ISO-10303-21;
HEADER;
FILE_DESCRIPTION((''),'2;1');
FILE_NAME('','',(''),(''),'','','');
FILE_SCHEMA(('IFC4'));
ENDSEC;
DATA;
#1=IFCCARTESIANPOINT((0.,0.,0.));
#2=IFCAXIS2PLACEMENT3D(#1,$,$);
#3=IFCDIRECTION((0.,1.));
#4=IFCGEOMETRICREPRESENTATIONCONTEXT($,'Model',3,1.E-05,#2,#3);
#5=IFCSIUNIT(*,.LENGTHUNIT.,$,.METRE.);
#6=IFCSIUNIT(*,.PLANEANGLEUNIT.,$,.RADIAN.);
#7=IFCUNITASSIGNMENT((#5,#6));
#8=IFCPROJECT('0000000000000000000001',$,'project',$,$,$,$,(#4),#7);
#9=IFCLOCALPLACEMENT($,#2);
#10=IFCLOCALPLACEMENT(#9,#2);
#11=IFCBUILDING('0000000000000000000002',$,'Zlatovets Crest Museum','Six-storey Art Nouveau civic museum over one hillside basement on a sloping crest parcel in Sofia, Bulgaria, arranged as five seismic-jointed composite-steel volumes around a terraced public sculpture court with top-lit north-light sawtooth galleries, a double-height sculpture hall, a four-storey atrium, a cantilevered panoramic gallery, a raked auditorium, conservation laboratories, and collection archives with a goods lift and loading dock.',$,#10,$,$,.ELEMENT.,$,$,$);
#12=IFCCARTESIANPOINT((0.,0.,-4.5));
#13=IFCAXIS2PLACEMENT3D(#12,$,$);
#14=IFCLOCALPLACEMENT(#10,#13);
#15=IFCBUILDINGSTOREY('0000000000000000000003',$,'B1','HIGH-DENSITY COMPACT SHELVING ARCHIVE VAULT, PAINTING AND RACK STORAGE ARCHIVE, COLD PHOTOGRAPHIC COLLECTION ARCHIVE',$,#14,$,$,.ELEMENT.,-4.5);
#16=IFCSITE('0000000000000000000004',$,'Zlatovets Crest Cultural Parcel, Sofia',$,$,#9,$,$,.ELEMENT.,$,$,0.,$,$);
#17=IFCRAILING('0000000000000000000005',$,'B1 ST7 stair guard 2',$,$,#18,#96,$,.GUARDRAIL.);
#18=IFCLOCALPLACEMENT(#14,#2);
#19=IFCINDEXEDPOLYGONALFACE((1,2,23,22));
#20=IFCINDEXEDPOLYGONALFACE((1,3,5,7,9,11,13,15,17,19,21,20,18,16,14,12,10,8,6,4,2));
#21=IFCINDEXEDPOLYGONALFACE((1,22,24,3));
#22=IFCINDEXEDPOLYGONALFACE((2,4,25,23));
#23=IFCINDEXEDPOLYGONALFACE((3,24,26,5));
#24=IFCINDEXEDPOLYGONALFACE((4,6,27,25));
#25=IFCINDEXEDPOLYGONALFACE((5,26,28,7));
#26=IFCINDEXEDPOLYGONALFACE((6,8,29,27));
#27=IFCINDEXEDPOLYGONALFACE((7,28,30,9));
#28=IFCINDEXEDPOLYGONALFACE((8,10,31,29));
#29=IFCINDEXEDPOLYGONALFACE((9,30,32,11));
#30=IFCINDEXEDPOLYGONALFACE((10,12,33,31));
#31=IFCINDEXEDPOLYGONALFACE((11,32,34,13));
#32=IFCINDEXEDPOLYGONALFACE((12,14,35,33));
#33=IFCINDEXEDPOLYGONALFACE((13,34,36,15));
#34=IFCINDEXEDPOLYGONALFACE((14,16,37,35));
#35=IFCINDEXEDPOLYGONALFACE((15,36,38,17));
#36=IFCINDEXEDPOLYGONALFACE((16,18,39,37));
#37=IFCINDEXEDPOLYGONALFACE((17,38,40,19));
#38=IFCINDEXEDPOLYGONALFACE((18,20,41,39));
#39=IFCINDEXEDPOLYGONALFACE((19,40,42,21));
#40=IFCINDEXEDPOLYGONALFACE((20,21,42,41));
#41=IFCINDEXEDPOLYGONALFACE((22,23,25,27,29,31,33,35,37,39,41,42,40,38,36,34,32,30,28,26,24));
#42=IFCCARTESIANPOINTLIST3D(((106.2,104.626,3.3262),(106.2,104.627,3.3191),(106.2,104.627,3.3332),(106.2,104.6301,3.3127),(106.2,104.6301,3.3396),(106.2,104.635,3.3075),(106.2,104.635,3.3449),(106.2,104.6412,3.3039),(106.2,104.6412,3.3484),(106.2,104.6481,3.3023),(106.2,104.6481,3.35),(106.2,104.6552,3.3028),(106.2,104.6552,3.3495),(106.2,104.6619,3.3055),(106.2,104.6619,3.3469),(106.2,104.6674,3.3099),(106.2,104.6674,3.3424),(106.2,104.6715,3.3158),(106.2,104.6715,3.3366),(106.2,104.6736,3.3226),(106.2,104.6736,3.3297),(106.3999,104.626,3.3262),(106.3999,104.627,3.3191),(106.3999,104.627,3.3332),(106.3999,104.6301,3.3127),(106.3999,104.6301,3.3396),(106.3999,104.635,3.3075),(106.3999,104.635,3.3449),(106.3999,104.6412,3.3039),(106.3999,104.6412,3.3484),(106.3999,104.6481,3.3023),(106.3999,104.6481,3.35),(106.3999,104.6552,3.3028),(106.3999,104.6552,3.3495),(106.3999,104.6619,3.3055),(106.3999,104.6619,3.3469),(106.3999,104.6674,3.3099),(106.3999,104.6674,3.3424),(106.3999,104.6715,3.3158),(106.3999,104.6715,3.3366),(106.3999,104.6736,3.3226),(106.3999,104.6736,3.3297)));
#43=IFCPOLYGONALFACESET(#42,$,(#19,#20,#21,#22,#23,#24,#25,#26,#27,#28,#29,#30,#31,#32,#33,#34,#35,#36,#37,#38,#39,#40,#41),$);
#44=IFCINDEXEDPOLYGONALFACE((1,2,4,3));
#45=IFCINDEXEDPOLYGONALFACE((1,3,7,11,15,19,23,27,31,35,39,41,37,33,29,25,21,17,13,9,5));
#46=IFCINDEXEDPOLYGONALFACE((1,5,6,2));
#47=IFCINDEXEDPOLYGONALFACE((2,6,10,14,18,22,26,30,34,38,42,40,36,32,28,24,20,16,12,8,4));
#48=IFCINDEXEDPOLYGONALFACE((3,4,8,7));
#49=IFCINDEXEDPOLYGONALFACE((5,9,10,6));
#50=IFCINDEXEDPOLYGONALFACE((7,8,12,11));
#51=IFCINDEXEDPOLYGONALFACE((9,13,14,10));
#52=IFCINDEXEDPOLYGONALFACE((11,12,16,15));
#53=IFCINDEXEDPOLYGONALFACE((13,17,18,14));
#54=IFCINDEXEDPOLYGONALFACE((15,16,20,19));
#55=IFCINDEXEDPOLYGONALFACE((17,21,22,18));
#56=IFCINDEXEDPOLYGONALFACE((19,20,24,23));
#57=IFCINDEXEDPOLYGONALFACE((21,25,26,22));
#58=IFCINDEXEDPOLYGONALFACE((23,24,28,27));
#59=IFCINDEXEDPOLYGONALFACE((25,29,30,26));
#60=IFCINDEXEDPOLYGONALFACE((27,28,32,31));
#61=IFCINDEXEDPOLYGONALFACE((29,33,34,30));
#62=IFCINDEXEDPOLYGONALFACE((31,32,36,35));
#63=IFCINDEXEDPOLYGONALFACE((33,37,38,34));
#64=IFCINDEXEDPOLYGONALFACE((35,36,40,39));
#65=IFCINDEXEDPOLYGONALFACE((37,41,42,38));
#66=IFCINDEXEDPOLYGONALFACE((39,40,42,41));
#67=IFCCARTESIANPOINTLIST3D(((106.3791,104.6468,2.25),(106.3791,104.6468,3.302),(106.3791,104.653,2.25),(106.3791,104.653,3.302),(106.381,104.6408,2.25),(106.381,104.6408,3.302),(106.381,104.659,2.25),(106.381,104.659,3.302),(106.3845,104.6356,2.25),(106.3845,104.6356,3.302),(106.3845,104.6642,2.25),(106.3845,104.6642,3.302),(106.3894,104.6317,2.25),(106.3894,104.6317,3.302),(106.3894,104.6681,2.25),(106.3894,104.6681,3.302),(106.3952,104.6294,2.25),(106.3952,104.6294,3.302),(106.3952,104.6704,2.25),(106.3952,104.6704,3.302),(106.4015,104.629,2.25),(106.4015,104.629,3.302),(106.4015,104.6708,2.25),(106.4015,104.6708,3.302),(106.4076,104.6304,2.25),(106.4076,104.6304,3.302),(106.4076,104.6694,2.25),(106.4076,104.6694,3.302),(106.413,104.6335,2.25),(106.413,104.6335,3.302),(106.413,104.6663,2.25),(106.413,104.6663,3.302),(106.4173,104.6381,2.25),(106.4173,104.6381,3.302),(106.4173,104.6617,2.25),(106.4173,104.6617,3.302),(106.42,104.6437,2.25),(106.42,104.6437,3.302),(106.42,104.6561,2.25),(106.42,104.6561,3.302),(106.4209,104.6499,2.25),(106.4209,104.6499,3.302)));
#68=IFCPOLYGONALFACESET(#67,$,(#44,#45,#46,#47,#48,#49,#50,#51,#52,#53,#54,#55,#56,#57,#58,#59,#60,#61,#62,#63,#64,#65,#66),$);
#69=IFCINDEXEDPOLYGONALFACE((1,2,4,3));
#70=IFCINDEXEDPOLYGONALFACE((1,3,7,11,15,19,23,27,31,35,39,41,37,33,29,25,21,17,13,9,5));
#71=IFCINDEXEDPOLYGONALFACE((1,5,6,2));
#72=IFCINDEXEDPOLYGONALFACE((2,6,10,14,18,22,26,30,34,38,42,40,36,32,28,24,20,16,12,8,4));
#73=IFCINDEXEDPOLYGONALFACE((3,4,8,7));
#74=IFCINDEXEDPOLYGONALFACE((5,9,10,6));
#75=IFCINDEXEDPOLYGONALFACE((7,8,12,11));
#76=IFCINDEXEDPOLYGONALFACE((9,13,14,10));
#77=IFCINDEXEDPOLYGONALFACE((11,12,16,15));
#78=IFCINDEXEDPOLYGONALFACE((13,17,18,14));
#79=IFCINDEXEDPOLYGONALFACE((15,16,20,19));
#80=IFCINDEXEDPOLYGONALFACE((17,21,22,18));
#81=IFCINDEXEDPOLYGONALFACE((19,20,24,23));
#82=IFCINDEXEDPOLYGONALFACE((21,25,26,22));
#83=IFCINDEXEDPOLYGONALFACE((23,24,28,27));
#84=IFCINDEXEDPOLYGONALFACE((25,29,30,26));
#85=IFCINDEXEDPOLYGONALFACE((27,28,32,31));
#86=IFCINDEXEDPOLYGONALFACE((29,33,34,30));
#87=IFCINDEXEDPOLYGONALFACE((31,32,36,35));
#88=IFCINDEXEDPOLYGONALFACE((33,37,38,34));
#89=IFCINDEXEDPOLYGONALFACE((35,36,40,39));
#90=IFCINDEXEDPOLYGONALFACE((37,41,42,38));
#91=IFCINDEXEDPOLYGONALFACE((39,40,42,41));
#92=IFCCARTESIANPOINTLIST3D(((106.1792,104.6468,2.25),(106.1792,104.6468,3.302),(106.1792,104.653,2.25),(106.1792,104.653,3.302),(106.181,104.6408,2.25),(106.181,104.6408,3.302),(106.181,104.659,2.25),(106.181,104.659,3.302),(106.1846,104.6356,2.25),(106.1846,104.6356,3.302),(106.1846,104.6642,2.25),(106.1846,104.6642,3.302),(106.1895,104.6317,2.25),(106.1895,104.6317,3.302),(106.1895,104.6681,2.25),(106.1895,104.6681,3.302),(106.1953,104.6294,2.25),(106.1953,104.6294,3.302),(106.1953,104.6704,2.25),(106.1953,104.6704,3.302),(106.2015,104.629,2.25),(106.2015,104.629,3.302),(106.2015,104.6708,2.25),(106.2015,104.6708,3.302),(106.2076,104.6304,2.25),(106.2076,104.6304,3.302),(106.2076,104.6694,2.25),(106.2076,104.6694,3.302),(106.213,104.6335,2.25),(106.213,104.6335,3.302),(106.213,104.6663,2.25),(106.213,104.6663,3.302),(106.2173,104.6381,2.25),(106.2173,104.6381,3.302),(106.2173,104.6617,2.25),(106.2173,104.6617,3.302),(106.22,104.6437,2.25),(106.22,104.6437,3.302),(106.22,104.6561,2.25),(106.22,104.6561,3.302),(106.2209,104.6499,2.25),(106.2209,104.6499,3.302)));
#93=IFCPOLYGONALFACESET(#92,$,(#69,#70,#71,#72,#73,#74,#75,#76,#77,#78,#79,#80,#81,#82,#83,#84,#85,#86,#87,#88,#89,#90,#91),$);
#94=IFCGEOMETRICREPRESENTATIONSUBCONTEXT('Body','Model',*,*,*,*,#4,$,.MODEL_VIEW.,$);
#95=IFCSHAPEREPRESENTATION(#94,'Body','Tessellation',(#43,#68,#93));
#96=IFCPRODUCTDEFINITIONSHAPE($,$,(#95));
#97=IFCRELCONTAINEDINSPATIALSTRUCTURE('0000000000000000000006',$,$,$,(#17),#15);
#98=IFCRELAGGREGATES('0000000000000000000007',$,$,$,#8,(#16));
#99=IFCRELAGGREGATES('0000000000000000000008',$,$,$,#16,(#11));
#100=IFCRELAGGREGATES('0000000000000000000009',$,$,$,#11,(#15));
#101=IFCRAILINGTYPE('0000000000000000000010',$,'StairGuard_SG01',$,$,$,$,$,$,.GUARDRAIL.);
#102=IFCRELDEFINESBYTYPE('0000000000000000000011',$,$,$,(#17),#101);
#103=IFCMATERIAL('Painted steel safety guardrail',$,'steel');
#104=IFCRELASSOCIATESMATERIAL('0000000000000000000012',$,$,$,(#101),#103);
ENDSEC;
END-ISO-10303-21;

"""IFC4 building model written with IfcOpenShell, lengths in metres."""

from ifc_helpers import new_model, si_unit, direction, frame, origin, origin_2d, place, context, subcontext, project, spatial, circle, extrude, material, type_object, element, save


model = new_model("IFC4")

# Units and contexts
model_context = context("Model", 3, precision=1e-05, world=origin(), true_north=direction((0.0, 1.0)))
body_context = subcontext(model_context, "Body", "Model", "MODEL_VIEW")
ifc_project = project(units=[si_unit("LENGTHUNIT", "METRE"), si_unit("PLANEANGLEUNIT", "RADIAN")], contexts=[model_context])

# Site, building, storey
site_placement = place(None, origin())
site = spatial("IfcSite", under=ifc_project, at=site_placement, Name="Zlatovets Crest Cultural Parcel, Sofia", CompositionType="ELEMENT", RefElevation=0.0)
building_placement = place(site_placement, origin())
building = spatial("IfcBuilding", under=site, at=building_placement, Name="Zlatovets Crest Museum", Description="Six-storey Art Nouveau civic museum over one hillside basement on a sloping crest parcel in Sofia, Bulgaria, arranged as five seismic-jointed composite-steel volumes around a terraced public sculpture court with top-lit north-light sawtooth galleries, a double-height sculpture hall, a four-storey atrium, a cantilevered panoramic gallery, a raked auditorium, conservation laboratories, and collection archives with a goods lift and loading dock.", CompositionType="ELEMENT")
storey_placement = place(building_placement, frame((0.0, 0.0, -4.5)))
storey = spatial("IfcBuildingStorey", under=building, at=storey_placement, Name="B1", Description="HIGH-DENSITY COMPACT SHELVING ARCHIVE VAULT, PAINTING AND RACK STORAGE ARCHIVE, COLD PHOTOGRAPHIC COLLECTION ARCHIVE", CompositionType="ELEMENT", Elevation=-4.5)

# Railing
ifc_material_1 = material(Name="Painted steel safety guardrail", Category="steel")
railing_type_1 = type_object("IfcRailingType", Name="StairGuard_SG01", PredefinedType="GUARDRAIL", material=ifc_material_1)
railing_1_placement = place(storey_placement, frame((106.3999, 104.6499, 2.25)))
element("IfcRailing", 1, at=railing_1_placement, inside=storey, type_object=railing_type_1, Name="B1 ST7 stair guard 2", PredefinedType="GUARDRAIL", context=body_context, shape_type="SweptSolid", body=[
    extrude(circle(Radius=0.0239, at=origin_2d()), frame((0.0, 0.0, 1.0762), z_axis=(-1.0, 0.0, 0.0), x_axis=(0.0, -1.0, 0.0)), (0.0, 0.0, 1.0), 0.2),
    extrude(circle(Radius=0.021, at=origin_2d()), origin(), (0.0, 0.0, 1.0), 1.052),
    extrude(circle(Radius=0.021, at=origin_2d()), frame((-0.2, 0.0, 0.0)), (0.0, 0.0, 1.0), 1.052),
])

save(model, "model.ifc")
